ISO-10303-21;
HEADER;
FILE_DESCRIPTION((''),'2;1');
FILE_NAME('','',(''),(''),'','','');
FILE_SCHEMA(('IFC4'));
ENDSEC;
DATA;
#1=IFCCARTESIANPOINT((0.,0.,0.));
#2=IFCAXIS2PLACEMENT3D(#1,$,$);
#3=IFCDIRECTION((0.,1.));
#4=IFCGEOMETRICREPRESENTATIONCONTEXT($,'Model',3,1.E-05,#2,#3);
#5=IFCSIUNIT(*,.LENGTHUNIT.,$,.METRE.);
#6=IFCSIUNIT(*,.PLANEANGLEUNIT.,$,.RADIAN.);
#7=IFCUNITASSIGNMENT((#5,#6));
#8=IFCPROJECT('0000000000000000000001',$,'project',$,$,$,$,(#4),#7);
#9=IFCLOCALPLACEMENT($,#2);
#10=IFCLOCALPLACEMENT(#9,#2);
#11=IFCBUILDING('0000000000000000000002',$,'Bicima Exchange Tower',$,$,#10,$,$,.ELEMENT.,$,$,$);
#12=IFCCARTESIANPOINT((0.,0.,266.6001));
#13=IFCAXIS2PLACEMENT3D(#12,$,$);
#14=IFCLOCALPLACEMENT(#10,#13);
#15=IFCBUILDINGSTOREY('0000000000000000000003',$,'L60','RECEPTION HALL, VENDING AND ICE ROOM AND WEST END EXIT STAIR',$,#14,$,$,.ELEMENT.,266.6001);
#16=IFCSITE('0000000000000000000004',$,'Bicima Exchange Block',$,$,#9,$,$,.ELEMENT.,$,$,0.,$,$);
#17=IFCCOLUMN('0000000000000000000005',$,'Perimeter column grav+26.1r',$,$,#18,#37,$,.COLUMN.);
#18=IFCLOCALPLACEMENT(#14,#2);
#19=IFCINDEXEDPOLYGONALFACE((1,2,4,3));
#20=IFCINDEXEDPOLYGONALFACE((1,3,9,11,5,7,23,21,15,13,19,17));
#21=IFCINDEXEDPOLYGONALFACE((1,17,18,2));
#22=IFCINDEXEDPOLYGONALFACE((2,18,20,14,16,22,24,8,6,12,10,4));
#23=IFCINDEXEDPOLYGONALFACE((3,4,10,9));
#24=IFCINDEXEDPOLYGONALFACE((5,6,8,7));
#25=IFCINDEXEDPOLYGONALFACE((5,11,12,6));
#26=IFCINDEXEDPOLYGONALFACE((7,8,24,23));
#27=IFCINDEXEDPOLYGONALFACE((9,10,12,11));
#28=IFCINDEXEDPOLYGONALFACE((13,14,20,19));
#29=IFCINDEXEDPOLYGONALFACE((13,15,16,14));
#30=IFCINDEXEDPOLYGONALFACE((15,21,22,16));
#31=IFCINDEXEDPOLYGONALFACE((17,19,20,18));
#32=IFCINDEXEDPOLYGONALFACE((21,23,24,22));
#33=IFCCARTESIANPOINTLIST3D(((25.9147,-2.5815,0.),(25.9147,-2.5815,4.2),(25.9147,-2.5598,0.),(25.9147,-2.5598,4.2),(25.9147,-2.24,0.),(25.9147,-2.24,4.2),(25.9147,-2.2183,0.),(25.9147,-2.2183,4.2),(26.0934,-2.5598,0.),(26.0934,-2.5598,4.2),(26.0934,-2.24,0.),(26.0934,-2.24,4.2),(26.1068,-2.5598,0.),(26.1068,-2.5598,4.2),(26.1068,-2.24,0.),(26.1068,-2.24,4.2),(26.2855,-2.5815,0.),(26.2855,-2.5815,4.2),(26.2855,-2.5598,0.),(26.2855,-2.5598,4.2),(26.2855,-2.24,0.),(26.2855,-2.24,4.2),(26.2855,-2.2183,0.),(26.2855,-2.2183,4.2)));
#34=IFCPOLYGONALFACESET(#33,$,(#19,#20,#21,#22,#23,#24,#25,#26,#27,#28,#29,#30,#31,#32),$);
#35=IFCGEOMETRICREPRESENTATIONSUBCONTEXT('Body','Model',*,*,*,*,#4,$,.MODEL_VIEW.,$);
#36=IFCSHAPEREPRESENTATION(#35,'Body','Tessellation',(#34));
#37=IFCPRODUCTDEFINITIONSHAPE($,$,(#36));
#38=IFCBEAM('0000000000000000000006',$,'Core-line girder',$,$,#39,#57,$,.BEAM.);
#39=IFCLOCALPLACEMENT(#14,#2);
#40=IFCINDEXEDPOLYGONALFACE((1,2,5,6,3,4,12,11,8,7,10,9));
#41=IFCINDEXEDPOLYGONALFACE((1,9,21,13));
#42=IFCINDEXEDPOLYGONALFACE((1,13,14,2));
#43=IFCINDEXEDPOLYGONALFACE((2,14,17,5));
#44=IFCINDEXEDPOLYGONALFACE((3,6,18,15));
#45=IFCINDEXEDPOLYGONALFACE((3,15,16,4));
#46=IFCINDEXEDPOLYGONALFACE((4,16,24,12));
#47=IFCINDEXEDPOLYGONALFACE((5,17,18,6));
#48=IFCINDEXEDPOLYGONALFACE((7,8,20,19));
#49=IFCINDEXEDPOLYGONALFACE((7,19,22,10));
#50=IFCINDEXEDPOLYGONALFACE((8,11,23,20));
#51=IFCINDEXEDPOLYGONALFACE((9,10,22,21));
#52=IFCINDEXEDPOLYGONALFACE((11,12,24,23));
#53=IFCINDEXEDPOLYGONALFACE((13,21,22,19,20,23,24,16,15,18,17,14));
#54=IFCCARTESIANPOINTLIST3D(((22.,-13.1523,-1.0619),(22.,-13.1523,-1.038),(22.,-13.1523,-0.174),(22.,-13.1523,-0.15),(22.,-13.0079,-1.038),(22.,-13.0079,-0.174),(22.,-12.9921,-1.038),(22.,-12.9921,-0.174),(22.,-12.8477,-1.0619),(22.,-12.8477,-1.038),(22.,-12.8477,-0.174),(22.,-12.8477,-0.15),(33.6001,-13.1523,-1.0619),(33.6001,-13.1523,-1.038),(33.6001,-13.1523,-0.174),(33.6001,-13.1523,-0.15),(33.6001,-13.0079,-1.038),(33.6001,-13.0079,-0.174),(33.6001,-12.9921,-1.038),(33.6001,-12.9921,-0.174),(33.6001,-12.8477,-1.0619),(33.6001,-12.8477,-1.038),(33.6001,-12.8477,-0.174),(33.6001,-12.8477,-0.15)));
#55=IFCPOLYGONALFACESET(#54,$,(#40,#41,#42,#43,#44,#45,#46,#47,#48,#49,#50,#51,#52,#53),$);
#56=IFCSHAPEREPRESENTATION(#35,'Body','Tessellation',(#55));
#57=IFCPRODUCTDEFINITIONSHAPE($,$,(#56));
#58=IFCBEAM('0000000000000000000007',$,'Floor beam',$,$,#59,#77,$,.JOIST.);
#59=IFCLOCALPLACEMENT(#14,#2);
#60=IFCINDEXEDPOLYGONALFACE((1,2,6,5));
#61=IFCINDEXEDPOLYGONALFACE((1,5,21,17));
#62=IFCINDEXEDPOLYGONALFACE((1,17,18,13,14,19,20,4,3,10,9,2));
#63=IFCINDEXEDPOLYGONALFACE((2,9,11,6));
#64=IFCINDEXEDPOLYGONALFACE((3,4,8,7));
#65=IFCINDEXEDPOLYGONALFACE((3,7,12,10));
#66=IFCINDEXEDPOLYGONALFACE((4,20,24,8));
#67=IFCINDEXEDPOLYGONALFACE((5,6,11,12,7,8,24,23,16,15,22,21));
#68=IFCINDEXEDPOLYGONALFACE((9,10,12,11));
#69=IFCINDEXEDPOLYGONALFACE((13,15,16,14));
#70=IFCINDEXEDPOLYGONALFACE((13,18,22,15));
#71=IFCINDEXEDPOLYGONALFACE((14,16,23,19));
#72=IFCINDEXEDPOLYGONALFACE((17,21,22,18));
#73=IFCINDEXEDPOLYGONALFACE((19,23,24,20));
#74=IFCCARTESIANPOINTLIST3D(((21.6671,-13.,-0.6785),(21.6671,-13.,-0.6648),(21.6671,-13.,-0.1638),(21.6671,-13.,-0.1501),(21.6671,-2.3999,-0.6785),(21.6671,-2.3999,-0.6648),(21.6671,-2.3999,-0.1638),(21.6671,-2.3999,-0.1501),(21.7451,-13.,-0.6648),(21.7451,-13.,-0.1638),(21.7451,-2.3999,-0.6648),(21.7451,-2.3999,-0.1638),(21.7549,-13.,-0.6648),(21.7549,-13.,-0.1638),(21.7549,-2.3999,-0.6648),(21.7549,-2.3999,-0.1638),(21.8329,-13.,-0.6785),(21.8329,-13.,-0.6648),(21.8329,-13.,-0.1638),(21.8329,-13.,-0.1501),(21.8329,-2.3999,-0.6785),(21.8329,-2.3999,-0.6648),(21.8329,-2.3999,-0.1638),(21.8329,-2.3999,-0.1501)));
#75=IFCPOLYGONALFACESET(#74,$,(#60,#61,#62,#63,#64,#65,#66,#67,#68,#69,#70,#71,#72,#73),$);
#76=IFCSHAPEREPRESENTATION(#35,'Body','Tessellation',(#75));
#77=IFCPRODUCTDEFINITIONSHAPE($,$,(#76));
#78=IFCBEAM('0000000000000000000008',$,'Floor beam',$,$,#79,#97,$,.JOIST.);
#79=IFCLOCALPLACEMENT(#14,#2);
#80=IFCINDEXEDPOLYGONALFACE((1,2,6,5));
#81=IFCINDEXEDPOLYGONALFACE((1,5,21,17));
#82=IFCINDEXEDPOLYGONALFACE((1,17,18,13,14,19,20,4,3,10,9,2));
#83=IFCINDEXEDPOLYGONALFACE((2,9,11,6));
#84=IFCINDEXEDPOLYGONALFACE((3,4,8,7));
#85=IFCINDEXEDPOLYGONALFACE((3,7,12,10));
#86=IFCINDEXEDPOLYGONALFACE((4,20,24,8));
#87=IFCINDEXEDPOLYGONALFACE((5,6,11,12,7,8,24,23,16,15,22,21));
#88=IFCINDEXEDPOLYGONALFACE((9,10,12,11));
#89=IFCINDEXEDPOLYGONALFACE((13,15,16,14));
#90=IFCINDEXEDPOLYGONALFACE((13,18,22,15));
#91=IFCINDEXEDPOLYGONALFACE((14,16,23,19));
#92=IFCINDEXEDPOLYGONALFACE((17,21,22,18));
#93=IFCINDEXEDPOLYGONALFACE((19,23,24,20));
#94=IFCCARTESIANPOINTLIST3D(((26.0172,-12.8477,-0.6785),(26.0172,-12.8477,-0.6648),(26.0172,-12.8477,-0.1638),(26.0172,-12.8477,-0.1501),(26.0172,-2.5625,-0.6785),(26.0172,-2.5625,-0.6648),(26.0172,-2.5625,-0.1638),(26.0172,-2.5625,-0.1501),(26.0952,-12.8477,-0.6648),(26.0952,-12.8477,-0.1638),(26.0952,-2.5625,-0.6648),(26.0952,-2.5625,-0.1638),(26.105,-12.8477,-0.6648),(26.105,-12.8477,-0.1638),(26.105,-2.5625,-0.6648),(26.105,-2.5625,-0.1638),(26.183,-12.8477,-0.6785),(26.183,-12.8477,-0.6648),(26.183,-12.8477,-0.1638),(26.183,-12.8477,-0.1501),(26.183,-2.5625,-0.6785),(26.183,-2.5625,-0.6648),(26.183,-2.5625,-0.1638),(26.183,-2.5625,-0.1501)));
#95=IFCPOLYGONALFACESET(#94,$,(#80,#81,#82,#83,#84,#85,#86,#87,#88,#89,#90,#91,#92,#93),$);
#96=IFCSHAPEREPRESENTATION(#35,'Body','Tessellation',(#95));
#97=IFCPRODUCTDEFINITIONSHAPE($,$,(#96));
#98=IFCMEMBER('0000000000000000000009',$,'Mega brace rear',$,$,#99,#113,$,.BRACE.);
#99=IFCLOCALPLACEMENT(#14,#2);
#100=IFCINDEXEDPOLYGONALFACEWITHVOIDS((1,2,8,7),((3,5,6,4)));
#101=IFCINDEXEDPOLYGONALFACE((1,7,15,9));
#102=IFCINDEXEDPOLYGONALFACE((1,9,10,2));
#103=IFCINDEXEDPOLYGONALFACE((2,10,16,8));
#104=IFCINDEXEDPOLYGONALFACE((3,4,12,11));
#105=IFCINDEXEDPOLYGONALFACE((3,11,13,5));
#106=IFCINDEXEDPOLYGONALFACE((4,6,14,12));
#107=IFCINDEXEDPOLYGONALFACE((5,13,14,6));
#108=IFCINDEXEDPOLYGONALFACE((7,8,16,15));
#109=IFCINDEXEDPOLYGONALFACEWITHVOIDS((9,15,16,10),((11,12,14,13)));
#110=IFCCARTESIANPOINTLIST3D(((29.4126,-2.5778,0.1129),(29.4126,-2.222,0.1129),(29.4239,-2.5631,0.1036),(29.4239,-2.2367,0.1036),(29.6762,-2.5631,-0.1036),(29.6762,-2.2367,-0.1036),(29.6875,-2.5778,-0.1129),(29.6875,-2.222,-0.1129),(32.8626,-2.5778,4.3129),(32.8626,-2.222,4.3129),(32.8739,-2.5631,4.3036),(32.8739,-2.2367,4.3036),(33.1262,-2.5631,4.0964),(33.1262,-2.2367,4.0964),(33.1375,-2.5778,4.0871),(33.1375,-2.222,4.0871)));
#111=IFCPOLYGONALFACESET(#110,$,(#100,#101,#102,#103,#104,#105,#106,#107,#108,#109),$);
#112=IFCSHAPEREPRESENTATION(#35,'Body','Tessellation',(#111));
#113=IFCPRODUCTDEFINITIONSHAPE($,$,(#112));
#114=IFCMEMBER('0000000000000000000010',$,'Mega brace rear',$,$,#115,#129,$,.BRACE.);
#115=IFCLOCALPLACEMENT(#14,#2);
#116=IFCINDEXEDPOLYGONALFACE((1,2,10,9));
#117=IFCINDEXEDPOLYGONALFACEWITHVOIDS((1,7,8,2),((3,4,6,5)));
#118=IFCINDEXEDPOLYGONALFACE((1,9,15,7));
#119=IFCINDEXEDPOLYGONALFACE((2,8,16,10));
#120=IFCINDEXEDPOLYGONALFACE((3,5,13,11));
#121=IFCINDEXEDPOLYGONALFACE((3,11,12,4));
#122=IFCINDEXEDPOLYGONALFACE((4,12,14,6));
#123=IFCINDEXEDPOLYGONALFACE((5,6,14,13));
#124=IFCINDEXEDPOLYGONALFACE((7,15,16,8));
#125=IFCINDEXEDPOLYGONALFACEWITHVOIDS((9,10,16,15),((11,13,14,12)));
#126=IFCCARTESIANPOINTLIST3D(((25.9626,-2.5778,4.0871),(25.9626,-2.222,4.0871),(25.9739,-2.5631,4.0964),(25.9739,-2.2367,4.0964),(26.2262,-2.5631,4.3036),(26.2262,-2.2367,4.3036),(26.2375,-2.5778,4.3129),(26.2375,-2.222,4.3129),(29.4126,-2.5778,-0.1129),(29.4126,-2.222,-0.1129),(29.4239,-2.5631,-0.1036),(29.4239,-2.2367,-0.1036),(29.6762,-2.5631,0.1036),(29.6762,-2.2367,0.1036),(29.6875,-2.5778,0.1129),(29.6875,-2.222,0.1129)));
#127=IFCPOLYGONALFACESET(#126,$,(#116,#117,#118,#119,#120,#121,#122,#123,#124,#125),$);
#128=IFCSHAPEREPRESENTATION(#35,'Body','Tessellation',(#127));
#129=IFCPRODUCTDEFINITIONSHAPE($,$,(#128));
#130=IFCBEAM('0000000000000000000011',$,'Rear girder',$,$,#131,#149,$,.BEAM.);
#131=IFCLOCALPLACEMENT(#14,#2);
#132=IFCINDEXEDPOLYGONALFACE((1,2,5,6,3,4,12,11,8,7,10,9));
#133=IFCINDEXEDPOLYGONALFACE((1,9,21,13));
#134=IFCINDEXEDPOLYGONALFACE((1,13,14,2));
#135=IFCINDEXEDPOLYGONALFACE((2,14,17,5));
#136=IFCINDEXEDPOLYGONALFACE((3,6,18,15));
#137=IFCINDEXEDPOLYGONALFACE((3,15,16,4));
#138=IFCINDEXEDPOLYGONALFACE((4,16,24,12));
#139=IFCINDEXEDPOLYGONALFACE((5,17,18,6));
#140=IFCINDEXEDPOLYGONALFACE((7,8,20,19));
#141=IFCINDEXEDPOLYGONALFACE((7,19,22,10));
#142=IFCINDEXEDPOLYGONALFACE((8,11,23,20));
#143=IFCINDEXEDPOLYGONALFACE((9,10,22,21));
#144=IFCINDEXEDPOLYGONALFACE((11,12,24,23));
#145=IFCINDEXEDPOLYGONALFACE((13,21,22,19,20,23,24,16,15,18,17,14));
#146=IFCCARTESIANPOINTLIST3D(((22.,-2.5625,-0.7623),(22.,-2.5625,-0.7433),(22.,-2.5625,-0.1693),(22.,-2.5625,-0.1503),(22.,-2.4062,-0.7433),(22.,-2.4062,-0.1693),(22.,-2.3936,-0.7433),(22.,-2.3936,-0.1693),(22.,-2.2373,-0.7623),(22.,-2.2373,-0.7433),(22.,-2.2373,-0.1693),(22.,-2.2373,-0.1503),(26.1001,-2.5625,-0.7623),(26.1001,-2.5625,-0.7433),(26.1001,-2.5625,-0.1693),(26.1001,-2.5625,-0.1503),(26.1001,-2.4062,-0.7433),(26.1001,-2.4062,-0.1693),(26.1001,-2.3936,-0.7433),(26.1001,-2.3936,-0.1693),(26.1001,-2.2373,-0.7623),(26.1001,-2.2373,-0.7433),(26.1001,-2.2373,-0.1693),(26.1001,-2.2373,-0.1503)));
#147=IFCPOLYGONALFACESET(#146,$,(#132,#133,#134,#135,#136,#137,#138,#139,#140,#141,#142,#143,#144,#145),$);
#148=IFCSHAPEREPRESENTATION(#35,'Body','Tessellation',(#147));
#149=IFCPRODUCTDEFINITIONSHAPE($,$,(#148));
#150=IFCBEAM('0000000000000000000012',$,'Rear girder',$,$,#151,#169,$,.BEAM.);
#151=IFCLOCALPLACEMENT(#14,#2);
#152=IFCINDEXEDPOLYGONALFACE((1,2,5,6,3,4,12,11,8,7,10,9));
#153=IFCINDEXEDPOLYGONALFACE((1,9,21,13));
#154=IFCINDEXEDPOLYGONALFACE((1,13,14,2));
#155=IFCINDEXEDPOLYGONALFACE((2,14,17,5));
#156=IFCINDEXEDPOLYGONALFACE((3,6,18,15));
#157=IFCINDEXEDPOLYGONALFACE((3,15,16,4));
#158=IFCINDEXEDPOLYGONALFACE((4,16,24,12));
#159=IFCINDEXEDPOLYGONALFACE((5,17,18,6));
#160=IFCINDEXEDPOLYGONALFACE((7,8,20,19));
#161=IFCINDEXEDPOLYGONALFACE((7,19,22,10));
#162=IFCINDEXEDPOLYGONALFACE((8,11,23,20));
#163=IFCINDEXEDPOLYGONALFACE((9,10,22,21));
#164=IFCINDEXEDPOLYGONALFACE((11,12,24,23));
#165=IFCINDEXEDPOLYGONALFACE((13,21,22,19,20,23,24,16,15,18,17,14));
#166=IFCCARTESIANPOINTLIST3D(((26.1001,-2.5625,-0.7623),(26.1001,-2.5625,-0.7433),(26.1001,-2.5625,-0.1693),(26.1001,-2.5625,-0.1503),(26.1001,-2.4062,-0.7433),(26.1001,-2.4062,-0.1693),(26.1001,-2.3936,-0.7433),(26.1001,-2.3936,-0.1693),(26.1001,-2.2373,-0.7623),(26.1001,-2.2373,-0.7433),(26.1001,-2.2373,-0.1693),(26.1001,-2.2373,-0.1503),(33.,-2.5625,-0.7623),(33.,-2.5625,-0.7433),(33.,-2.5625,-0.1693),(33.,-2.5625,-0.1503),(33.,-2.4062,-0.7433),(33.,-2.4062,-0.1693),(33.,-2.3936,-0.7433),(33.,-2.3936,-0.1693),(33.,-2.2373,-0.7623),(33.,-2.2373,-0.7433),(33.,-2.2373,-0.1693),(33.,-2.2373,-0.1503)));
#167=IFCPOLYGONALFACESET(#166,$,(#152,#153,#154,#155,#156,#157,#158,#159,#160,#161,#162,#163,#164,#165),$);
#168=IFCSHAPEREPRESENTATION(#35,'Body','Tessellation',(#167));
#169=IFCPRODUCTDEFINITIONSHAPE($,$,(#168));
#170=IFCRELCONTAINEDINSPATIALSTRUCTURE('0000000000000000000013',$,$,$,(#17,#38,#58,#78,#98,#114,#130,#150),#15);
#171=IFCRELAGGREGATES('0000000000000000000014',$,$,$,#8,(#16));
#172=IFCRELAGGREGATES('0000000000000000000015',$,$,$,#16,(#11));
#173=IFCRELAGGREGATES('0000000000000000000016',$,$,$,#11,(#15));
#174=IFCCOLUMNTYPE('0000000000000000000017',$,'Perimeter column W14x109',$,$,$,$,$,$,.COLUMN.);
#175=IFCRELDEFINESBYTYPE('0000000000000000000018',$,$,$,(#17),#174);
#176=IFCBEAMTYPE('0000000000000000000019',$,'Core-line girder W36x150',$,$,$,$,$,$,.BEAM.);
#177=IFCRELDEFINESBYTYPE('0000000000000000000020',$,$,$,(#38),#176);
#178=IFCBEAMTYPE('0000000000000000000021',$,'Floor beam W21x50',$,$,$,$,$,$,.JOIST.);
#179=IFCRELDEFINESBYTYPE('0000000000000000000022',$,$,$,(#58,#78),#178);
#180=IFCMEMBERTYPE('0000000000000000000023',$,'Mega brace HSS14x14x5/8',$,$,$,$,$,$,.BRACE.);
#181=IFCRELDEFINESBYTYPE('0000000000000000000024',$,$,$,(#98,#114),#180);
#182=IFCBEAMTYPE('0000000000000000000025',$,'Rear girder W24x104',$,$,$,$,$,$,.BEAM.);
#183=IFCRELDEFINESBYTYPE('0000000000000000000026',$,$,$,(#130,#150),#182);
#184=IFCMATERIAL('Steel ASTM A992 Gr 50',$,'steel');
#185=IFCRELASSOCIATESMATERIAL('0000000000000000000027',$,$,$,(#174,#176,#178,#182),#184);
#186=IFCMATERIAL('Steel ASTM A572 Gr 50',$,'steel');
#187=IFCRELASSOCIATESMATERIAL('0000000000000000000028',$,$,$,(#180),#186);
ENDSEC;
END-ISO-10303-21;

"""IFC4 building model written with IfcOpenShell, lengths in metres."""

from ifc_helpers import new_model, si_unit, direction, frame, origin, origin_2d, place, context, subcontext, project, spatial, hollow_rectangle, i_section, extrude, material, material_profile, profile_set, type_object, element, save


model = new_model("IFC4")

# Units and contexts
model_context = context("Model", 3, precision=1e-05, world=origin(), true_north=direction((0.0, 1.0)))
body_context = subcontext(model_context, "Body", "Model", "MODEL_VIEW")
ifc_project = project(units=[si_unit("LENGTHUNIT", "METRE"), si_unit("PLANEANGLEUNIT", "RADIAN")], contexts=[model_context])

# Site, building, storey
site_placement = place(None, origin())
site = spatial("IfcSite", under=ifc_project, at=site_placement, Name="Bicima Exchange Block", CompositionType="ELEMENT", RefElevation=0.0)
building_placement = place(site_placement, origin())
building = spatial("IfcBuilding", under=site, at=building_placement, Name="Bicima Exchange Tower", CompositionType="ELEMENT")
storey_placement = place(building_placement, frame((0.0, 0.0, 266.6001)))
storey = spatial("IfcBuildingStorey", under=building, at=storey_placement, Name="L60", Description="RECEPTION HALL, VENDING AND ICE ROOM AND WEST END EXIT STAIR", CompositionType="ELEMENT", Elevation=266.6001)

# Column
ifc_material_1 = material(Name="Steel ASTM A992 Gr 50", Category="steel")
ifc_material_profile_1 = material_profile(ifc_material_1, i_section(OverallWidth=0.3708, OverallDepth=0.3633, WebThickness=0.0134, FlangeThickness=0.0217, at=origin_2d()))
ifc_profile_set_1 = profile_set([ifc_material_profile_1], Name="Steel ASTM A992 Gr 50")
column_type = type_object("IfcColumnType", Name="Perimeter column W14x109", PredefinedType="COLUMN", material=ifc_profile_set_1)
column_placement = place(storey_placement, frame((26.1001, -2.3999, 0.0), z_axis=(0.0, 0.0, 1.0), x_axis=(1.0, 0.0, 0.0)))
element("IfcColumn", 1, at=column_placement, inside=storey, type_object=column_type, Name="Perimeter column grav+26.1r", PredefinedType="COLUMN", context=body_context, shape_type="SweptSolid", body=[
    extrude(i_section(OverallWidth=0.3708, OverallDepth=0.3633, WebThickness=0.0134, FlangeThickness=0.0217, at=origin_2d()), origin(), (0.0, 0.0, 1.0), 4.2),
])

# Beams
ifc_material_profile_2 = material_profile(ifc_material_1, i_section(OverallWidth=0.3047, OverallDepth=0.9119, WebThickness=0.0159, FlangeThickness=0.0239, at=origin_2d()))
ifc_profile_set_2 = profile_set([ifc_material_profile_2], Name="Steel ASTM A992 Gr 50")
beam_type_1 = type_object("IfcBeamType", Name="Core-line girder W36x150", PredefinedType="BEAM", material=ifc_profile_set_2)
beam_1_placement = place(storey_placement, frame((22.0, -13.0, -0.606), z_axis=(1.0, 0.0, 0.0), x_axis=(0.0, 1.0, 0.0)))
element("IfcBeam", 2, at=beam_1_placement, inside=storey, type_object=beam_type_1, Name="Core-line girder", PredefinedType="BEAM", context=body_context, shape_type="SweptSolid", body=[
    extrude(i_section(OverallWidth=0.3047, OverallDepth=0.9119, WebThickness=0.0159, FlangeThickness=0.0239, at=origin_2d()), origin(), (0.0, 0.0, 1.0), 11.6001),
])
ifc_material_profile_3 = material_profile(ifc_material_1, i_section(OverallWidth=0.1658, OverallDepth=0.5283, WebThickness=0.0098, FlangeThickness=0.0137, at=origin_2d()))
ifc_profile_set_3 = profile_set([ifc_material_profile_3], Name="Steel ASTM A992 Gr 50")
beam_type_2 = type_object("IfcBeamType", Name="Floor beam W21x50", PredefinedType="JOIST", material=ifc_profile_set_3)
beam_2_placement = place(storey_placement, frame((21.75, -2.3999, -0.4143), z_axis=(0.0, -1.0, 0.0), x_axis=(1.0, 0.0, 0.0)))
element("IfcBeam", 3, at=beam_2_placement, inside=storey, type_object=beam_type_2, Name="Floor beam", PredefinedType="JOIST", context=body_context, shape_type="SweptSolid", body=[
    extrude(i_section(OverallWidth=0.1658, OverallDepth=0.5283, WebThickness=0.0098, FlangeThickness=0.0137, at=origin_2d()), origin(), (0.0, 0.0, 1.0), 10.6001),
])
beam_3_placement = place(storey_placement, frame((26.1001, -2.5625, -0.4143), z_axis=(0.0, -1.0, 0.0), x_axis=(1.0, 0.0, 0.0)))
element("IfcBeam", 4, at=beam_3_placement, inside=storey, type_object=beam_type_2, Name="Floor beam", PredefinedType="JOIST", context=body_context, shape_type="SweptSolid", body=[
    extrude(i_section(OverallWidth=0.1658, OverallDepth=0.5283, WebThickness=0.0098, FlangeThickness=0.0137, at=origin_2d()), origin(), (0.0, 0.0, 1.0), 10.2852),
])

# Members
ifc_material_2 = material(Name="Steel ASTM A572 Gr 50", Category="steel")
ifc_material_profile_4 = material_profile(ifc_material_2, hollow_rectangle(XDim=0.3557, YDim=0.3557, WallThickness=0.0146, at=origin_2d()))
ifc_profile_set_4 = profile_set([ifc_material_profile_4], Name="Steel ASTM A572 Gr 50")
member_type = type_object("IfcMemberType", Name="Mega brace HSS14x14x5/8", PredefinedType="BRACE", material=ifc_profile_set_4)
for number, where, z_axis, x_axis, name in (
    (5, (29.55, -2.3999, 0.0), (0.634738, 0.0, 0.772727), (0.0, 1.0, 0.0), "Mega brace rear"),
    (6, (29.55, -2.3999, 0.0), (-0.634738, 0.0, 0.772727), (0.0, -1.0, 0.0), "Mega brace rear"),
):
    element("IfcMember", number, at=place(storey_placement, frame(where, z_axis=z_axis, x_axis=x_axis)), inside=storey, type_object=member_type, Name=name, PredefinedType="BRACE", context=body_context, shape_type="SweptSolid", body=[
        extrude(hollow_rectangle(XDim=0.3557, YDim=0.3557, WallThickness=0.0146, at=origin_2d()), origin(), (0.0, 0.0, 1.0), 5.4353),
    ])

# Beams
ifc_material_profile_5 = material_profile(ifc_material_1, i_section(OverallWidth=0.3252, OverallDepth=0.6121, WebThickness=0.0127, FlangeThickness=0.019, at=origin_2d()))
ifc_profile_set_5 = profile_set([ifc_material_profile_5], Name="Steel ASTM A992 Gr 50")
beam_type_3 = type_object("IfcBeamType", Name="Rear girder W24x104", PredefinedType="BEAM", material=ifc_profile_set_5)
beam_4_placement = place(storey_placement, frame((22.0, -2.3999, -0.4563), z_axis=(1.0, 0.0, 0.0), x_axis=(0.0, 1.0, 0.0)))
element("IfcBeam", 7, at=beam_4_placement, inside=storey, type_object=beam_type_3, Name="Rear girder", PredefinedType="BEAM", context=body_context, shape_type="SweptSolid", body=[
    extrude(i_section(OverallWidth=0.3252, OverallDepth=0.6121, WebThickness=0.0127, FlangeThickness=0.019, at=origin_2d()), origin(), (0.0, 0.0, 1.0), 4.1001),
])
beam_5_placement = place(storey_placement, frame((26.1001, -2.3999, -0.4563), z_axis=(1.0, 0.0, 0.0), x_axis=(0.0, 1.0, 0.0)))
element("IfcBeam", 8, at=beam_5_placement, inside=storey, type_object=beam_type_3, Name="Rear girder", PredefinedType="BEAM", context=body_context, shape_type="SweptSolid", body=[
    extrude(i_section(OverallWidth=0.3252, OverallDepth=0.6121, WebThickness=0.0127, FlangeThickness=0.019, at=origin_2d()), origin(), (0.0, 0.0, 1.0), 6.8999),
])

save(model, "model.ifc")
